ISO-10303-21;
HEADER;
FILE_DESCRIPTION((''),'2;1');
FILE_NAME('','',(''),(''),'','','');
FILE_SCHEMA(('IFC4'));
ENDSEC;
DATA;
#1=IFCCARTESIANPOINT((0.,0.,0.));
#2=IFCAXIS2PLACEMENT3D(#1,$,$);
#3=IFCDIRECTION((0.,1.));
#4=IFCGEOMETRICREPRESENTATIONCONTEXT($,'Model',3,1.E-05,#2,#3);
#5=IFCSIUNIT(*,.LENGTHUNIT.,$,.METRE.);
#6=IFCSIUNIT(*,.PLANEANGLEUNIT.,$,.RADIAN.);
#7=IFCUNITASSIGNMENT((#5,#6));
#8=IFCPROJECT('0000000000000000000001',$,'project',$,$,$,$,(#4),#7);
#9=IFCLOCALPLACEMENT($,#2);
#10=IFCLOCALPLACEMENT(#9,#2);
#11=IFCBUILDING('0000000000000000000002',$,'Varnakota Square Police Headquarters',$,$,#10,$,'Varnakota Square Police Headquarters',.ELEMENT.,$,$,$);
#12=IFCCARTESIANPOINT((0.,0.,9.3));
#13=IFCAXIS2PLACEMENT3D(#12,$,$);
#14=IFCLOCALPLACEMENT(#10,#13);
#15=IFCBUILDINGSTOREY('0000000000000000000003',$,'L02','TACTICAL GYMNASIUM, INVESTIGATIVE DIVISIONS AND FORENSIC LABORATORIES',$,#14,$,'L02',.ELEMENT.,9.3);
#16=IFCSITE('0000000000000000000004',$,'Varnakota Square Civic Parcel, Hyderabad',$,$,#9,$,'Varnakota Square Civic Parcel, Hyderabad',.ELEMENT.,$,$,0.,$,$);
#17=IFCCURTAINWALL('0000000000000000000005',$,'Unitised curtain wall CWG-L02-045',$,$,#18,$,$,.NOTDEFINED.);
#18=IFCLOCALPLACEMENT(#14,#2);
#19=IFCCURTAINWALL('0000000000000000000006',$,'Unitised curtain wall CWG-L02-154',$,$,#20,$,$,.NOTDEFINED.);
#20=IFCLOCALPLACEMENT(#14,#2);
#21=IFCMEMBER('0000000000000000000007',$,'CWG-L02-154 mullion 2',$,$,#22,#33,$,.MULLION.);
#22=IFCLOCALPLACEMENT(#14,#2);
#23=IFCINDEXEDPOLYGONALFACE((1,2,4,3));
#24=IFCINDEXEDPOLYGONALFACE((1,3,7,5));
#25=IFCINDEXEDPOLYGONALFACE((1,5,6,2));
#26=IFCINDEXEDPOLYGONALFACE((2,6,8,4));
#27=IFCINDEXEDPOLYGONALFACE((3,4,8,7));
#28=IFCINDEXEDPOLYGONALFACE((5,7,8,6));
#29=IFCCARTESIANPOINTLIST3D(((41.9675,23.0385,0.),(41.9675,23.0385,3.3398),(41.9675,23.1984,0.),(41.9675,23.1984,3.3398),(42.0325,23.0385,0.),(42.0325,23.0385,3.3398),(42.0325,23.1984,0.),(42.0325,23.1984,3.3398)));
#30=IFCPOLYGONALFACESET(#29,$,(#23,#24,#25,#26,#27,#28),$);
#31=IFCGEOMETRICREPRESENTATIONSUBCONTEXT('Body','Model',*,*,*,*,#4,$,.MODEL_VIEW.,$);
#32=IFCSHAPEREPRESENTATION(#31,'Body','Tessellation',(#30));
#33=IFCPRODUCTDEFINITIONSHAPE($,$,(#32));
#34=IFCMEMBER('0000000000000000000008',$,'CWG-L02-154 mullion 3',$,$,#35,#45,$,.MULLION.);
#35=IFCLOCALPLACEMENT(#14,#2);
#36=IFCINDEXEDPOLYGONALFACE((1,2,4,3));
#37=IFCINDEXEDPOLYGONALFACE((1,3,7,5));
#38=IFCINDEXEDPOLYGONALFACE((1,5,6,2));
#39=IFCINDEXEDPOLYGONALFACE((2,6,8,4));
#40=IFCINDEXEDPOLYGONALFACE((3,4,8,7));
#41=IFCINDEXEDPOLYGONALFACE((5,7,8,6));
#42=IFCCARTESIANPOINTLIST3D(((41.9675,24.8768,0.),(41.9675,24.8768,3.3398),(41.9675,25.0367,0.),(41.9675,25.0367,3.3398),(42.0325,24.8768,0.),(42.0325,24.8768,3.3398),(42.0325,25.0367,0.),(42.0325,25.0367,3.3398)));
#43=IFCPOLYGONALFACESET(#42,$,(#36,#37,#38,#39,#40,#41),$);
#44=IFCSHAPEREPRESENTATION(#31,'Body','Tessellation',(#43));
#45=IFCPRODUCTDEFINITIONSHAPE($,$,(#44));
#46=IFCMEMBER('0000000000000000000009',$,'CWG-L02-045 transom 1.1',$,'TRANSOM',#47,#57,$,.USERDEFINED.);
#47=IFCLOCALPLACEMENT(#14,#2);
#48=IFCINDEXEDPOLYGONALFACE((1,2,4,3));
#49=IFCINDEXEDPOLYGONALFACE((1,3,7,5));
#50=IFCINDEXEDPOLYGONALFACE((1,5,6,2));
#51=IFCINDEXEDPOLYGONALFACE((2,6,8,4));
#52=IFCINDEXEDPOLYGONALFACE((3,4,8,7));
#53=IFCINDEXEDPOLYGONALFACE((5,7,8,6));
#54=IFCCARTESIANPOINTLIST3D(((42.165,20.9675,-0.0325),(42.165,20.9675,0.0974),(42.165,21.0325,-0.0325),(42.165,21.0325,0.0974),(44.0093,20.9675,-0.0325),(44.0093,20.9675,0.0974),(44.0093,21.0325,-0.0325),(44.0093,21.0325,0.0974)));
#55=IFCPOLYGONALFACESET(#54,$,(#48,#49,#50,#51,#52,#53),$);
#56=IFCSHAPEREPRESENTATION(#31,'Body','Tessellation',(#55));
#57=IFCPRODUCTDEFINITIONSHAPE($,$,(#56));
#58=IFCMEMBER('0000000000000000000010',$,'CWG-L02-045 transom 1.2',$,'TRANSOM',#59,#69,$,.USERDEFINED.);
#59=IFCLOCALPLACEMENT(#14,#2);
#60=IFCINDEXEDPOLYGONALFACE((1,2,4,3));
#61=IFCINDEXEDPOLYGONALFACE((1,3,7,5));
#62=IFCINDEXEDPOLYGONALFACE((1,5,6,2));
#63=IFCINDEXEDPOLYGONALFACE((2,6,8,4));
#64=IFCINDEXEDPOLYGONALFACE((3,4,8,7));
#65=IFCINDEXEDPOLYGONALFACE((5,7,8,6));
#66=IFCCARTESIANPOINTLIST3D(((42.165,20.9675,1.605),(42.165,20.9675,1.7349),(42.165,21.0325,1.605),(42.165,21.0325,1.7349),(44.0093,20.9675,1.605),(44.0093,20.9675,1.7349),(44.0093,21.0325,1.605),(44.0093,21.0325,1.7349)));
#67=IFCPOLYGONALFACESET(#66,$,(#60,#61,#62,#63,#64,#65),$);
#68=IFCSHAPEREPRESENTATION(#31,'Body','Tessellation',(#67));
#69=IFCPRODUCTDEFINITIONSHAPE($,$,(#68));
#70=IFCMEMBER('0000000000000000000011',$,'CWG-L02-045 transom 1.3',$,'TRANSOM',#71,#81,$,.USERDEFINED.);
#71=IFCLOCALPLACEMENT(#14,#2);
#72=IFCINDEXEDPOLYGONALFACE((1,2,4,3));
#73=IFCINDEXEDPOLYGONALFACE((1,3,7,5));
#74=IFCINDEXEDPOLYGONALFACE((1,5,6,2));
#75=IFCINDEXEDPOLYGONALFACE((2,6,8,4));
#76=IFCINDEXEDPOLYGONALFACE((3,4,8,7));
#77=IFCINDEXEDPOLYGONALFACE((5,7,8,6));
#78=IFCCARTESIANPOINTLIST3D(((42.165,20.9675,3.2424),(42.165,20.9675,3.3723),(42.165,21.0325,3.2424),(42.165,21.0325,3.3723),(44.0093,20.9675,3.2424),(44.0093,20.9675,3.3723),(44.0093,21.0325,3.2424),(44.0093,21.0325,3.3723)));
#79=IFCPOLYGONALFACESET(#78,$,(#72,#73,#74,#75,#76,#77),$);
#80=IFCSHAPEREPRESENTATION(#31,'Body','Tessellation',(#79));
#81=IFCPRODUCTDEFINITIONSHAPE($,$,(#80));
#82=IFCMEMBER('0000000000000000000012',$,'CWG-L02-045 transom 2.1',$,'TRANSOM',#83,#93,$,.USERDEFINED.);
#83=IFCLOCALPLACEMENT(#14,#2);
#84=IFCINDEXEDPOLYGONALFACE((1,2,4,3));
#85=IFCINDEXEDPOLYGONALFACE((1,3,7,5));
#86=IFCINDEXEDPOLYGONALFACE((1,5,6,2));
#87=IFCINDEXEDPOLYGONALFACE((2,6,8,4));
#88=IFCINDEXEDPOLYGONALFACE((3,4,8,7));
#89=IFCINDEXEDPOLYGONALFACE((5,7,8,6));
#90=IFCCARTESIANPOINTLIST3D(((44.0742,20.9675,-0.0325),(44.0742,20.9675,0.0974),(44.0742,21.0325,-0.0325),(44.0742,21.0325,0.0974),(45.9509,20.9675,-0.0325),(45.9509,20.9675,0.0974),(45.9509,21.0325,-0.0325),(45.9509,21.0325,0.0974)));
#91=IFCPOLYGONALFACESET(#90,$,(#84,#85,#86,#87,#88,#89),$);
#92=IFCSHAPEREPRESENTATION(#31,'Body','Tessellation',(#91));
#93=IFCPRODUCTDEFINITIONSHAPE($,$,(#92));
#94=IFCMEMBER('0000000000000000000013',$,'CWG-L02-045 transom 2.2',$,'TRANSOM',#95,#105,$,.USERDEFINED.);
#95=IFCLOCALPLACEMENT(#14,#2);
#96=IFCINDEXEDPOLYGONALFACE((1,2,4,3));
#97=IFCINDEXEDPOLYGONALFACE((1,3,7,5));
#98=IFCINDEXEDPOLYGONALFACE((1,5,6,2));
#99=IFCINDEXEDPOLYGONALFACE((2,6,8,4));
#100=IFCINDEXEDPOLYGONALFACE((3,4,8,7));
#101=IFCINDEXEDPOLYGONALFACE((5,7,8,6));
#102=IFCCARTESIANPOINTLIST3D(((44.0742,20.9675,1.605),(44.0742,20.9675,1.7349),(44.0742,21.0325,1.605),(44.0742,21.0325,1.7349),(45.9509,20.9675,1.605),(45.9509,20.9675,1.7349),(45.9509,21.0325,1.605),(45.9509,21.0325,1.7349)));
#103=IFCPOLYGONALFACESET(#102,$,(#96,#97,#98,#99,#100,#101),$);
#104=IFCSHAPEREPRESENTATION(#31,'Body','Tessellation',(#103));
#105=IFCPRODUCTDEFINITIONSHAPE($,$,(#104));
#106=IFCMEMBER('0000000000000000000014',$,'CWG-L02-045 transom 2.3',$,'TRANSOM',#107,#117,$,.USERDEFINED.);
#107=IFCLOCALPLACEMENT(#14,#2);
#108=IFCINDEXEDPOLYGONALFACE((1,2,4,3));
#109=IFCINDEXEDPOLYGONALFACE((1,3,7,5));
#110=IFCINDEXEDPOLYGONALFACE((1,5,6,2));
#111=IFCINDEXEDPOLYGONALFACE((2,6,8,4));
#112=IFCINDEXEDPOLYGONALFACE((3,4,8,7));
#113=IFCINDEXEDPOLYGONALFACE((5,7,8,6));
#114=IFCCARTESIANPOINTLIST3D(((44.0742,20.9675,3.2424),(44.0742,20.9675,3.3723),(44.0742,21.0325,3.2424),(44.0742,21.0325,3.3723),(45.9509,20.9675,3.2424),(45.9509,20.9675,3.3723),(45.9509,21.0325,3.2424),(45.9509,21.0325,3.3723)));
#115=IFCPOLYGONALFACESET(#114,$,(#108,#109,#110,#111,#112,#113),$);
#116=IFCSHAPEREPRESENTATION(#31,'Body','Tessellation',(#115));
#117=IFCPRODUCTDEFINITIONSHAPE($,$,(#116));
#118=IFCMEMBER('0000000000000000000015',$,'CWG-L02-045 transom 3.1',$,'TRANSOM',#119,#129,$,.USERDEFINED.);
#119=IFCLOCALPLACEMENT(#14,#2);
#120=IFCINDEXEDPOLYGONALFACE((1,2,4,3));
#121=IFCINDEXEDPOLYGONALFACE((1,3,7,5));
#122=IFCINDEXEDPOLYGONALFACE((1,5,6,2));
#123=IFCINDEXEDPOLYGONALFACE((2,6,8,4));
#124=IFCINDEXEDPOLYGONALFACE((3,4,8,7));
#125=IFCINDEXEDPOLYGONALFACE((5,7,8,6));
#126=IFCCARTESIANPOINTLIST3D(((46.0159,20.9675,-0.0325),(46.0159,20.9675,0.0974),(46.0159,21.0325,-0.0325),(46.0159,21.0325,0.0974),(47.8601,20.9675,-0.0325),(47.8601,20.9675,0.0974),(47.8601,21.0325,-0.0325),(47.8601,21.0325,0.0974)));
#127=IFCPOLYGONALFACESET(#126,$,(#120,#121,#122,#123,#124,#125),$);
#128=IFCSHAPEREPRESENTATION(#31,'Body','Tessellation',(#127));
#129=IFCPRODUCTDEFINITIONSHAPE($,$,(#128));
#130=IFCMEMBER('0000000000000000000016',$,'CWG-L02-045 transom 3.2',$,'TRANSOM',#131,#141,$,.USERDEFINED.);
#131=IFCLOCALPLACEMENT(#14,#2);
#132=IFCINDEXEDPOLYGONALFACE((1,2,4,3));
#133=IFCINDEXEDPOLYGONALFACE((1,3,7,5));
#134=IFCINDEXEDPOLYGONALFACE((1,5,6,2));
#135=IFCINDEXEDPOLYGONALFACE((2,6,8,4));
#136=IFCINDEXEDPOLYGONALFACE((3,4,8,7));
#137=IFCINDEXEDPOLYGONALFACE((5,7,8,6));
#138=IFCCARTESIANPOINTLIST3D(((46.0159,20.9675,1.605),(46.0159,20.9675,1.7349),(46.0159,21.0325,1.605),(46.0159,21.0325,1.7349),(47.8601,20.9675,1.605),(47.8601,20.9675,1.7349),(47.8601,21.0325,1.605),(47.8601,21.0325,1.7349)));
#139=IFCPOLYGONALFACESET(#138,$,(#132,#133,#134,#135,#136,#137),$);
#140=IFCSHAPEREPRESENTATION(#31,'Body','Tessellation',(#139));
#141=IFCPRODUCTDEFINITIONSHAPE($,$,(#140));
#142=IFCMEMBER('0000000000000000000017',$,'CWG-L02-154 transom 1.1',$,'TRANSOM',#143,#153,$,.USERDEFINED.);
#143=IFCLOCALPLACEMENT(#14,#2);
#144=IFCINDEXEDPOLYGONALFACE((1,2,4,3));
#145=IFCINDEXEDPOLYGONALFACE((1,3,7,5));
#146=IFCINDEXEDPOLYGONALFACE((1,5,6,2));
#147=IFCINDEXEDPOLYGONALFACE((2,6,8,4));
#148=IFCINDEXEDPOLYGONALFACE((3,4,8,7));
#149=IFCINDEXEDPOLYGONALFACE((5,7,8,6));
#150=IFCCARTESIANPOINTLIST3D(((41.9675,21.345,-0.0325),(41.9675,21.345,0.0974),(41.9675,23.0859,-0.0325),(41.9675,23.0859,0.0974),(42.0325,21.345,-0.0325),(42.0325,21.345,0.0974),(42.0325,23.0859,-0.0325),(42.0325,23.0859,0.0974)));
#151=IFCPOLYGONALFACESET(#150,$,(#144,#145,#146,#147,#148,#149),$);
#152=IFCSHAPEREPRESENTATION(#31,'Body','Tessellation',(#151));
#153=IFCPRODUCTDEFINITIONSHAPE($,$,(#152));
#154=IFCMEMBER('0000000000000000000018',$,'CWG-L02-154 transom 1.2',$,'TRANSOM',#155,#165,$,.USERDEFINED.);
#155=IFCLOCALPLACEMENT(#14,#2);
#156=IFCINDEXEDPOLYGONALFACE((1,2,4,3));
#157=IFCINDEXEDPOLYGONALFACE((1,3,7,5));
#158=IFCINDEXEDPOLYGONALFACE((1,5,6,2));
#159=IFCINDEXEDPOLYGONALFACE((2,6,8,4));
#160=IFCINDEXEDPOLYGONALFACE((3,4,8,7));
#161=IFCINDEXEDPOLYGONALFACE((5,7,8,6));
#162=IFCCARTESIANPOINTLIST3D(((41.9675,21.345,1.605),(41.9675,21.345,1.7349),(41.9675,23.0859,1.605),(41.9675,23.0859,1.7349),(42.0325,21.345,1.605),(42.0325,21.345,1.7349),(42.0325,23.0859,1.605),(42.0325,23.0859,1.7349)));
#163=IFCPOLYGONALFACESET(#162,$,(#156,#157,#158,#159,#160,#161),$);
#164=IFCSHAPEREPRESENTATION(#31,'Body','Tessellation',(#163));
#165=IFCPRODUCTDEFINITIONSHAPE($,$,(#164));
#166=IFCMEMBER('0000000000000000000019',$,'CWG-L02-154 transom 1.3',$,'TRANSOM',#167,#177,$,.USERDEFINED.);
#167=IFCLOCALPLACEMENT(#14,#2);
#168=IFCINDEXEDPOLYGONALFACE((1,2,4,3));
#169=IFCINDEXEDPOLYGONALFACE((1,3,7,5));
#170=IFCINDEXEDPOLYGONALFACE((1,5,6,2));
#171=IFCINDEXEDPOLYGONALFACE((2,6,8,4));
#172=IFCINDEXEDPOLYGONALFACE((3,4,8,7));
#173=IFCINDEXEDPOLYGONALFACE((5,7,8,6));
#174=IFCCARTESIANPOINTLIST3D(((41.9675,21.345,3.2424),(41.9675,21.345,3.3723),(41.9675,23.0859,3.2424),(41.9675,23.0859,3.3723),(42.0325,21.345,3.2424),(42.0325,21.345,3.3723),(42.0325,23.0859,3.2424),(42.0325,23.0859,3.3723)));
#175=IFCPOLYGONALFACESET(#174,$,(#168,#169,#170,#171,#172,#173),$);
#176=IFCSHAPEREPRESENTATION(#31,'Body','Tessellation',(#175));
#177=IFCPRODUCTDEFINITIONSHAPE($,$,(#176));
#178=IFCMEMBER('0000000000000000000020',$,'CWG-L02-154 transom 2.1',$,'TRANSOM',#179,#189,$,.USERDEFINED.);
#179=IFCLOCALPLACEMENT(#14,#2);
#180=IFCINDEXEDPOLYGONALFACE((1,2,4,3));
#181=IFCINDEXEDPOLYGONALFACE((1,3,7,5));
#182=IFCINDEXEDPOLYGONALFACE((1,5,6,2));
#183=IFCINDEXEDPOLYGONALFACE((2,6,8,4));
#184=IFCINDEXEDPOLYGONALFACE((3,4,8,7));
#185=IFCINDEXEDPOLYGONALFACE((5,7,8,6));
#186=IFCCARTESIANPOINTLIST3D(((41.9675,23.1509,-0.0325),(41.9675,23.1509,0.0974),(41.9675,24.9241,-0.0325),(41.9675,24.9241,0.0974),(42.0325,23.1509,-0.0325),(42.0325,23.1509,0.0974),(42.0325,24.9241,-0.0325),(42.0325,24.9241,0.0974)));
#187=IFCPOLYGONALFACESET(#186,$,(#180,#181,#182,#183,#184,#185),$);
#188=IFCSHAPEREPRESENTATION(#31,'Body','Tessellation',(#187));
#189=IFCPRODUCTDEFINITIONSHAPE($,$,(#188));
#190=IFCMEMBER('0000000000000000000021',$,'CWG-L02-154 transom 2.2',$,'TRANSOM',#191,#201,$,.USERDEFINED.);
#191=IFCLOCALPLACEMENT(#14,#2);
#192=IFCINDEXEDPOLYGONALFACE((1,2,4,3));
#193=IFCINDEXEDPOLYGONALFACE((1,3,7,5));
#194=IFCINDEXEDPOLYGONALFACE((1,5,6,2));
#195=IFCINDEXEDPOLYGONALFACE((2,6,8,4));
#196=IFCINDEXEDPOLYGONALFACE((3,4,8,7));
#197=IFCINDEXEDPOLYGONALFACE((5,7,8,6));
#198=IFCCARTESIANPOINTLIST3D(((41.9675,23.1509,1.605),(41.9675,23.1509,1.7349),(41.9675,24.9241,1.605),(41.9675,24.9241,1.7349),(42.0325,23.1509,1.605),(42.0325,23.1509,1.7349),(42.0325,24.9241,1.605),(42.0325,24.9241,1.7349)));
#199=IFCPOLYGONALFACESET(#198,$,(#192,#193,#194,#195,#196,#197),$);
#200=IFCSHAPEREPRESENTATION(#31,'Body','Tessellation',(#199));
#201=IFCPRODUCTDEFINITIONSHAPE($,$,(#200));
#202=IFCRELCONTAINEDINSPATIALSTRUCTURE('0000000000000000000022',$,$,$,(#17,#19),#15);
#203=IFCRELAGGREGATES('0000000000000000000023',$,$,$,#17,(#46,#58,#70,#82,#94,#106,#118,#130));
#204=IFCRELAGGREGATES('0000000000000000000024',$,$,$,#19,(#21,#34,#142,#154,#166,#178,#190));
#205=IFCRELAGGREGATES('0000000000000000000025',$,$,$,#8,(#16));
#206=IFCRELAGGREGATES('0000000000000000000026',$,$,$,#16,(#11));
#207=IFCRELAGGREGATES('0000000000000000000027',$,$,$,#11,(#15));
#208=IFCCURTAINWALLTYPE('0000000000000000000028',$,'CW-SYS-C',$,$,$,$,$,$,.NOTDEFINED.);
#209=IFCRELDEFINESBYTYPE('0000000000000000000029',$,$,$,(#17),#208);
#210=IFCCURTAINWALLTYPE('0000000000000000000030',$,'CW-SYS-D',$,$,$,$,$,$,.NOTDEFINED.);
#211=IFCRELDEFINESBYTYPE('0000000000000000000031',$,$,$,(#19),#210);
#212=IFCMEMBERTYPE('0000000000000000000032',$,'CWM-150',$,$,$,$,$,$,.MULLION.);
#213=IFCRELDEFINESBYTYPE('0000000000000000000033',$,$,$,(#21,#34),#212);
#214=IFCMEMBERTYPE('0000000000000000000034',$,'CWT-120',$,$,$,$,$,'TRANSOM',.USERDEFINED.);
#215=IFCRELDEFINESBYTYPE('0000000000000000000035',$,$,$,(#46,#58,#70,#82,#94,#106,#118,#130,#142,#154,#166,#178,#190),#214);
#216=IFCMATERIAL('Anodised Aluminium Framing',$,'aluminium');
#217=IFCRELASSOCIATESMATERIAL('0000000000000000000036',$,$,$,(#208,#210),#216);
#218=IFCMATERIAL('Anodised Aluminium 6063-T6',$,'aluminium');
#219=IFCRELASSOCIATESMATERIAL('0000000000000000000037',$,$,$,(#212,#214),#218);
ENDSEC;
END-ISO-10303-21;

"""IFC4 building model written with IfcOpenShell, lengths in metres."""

from ifc_helpers import new_model, si_unit, direction, frame, origin, origin_2d, place, context, subcontext, project, spatial, rectangle, extrude, material, material_profile, profile_set, type_object, element, aggregate, save


model = new_model("IFC4")

# Units and contexts
model_context = context("Model", 3, precision=1e-05, world=origin(), true_north=direction((0.0, 1.0)))
body_context = subcontext(model_context, "Body", "Model", "MODEL_VIEW")
ifc_project = project(units=[si_unit("LENGTHUNIT", "METRE"), si_unit("PLANEANGLEUNIT", "RADIAN")], contexts=[model_context])

# Site, building, storey
site_placement = place(None, origin())
site = spatial("IfcSite", under=ifc_project, at=site_placement, Name="Varnakota Square Civic Parcel, Hyderabad", LongName="Varnakota Square Civic Parcel, Hyderabad", CompositionType="ELEMENT", RefElevation=0.0)
building_placement = place(site_placement, origin())
building = spatial("IfcBuilding", under=site, at=building_placement, Name="Varnakota Square Police Headquarters", LongName="Varnakota Square Police Headquarters", CompositionType="ELEMENT")
storey_placement = place(building_placement, frame((0.0, 0.0, 9.3)))
storey = spatial("IfcBuildingStorey", under=building, at=storey_placement, Name="L02", Description="TACTICAL GYMNASIUM, INVESTIGATIVE DIVISIONS AND FORENSIC LABORATORIES", LongName="L02", CompositionType="ELEMENT", Elevation=9.3)

# Curtain walls, members
ifc_material_1 = material(Name="Anodised Aluminium Framing", Category="aluminium")
curtain_wall_type_1 = type_object("IfcCurtainWallType", Name="CW-SYS-C", PredefinedType="NOTDEFINED", material=ifc_material_1)
curtain_wall_1_placement = place(storey_placement, origin())
curtain_wall_1 = element("IfcCurtainWall", 1, at=curtain_wall_1_placement, inside=storey, type_object=curtain_wall_type_1, Name="Unitised curtain wall CWG-L02-045", PredefinedType="NOTDEFINED")
ifc_material_2 = material(Name="Anodised Aluminium 6063-T6", Category="aluminium")
ifc_material_profile_1 = material_profile(ifc_material_2, rectangle(XDim=0.0649, YDim=0.1599, at=origin_2d()), Name="ALU MULLION 65x160")
ifc_profile_set_1 = profile_set([ifc_material_profile_1], Name="Anodised Aluminium 6063-T6")
member_type_1 = type_object("IfcMemberType", Name="CWM-150", PredefinedType="MULLION", material=ifc_profile_set_1)
curtain_wall_type_2 = type_object("IfcCurtainWallType", Name="CW-SYS-D", PredefinedType="NOTDEFINED", material=ifc_material_1)
curtain_wall_2_placement = place(storey_placement, origin())
curtain_wall_2 = element("IfcCurtainWall", 2, at=curtain_wall_2_placement, inside=storey, type_object=curtain_wall_type_2, Name="Unitised curtain wall CWG-L02-154", PredefinedType="NOTDEFINED")
member_1_placement = place(storey_placement, frame((42.0, 23.1184, 0.0), z_axis=(0.0, 0.0, 1.0), x_axis=(-1.0, 0.0, 0.0)))
member_1 = element("IfcMember", 3, at=member_1_placement, type_object=member_type_1, Name="CWG-L02-154 mullion 2", PredefinedType="MULLION", context=body_context, shape_type="SweptSolid", body=[
    extrude(rectangle(XDim=0.0649, YDim=0.1599, at=origin_2d()), origin(), (0.0, 0.0, 1.0), 3.3398),
])
member_2_placement = place(storey_placement, frame((42.0, 24.9568, 0.0), z_axis=(0.0, 0.0, 1.0), x_axis=(-1.0, 0.0, 0.0)))
member_2 = element("IfcMember", 4, at=member_2_placement, type_object=member_type_1, Name="CWG-L02-154 mullion 3", PredefinedType="MULLION", context=body_context, shape_type="SweptSolid", body=[
    extrude(rectangle(XDim=0.0649, YDim=0.1599, at=origin_2d()), origin(), (0.0, 0.0, 1.0), 3.3398),
])

# Members
ifc_material_profile_2 = material_profile(ifc_material_2, rectangle(XDim=0.0649, YDim=0.1299, at=origin_2d()), Name="ALU TRANSOM 65x130")
ifc_profile_set_2 = profile_set([ifc_material_profile_2], Name="Anodised Aluminium 6063-T6")
member_type_2 = type_object("IfcMemberType", Name="CWT-120", ElementType="TRANSOM", PredefinedType="USERDEFINED", material=ifc_profile_set_2)
member_3_placement = place(storey_placement, frame((42.165, 21.0, 0.0325), z_axis=(1.0, 0.0, 0.0), x_axis=(0.0, 1.0, 0.0)))
member_3 = element("IfcMember", 5, at=member_3_placement, type_object=member_type_2, Name="CWG-L02-045 transom 1.1", ObjectType="TRANSOM", PredefinedType="USERDEFINED", context=body_context, shape_type="SweptSolid", body=[
    extrude(rectangle(XDim=0.0649, YDim=0.1299, at=origin_2d()), origin(), (0.0, 0.0, 1.0), 1.8442),
])
member_4_placement = place(storey_placement, frame((42.165, 21.0, 1.6699), z_axis=(1.0, 0.0, 0.0), x_axis=(0.0, 1.0, 0.0)))
member_4 = element("IfcMember", 6, at=member_4_placement, type_object=member_type_2, Name="CWG-L02-045 transom 1.2", ObjectType="TRANSOM", PredefinedType="USERDEFINED", context=body_context, shape_type="SweptSolid", body=[
    extrude(rectangle(XDim=0.0649, YDim=0.1299, at=origin_2d()), origin(), (0.0, 0.0, 1.0), 1.8442),
])
member_5_placement = place(storey_placement, frame((42.165, 21.0, 3.3074), z_axis=(1.0, 0.0, 0.0), x_axis=(0.0, 1.0, 0.0)))
member_5 = element("IfcMember", 7, at=member_5_placement, type_object=member_type_2, Name="CWG-L02-045 transom 1.3", ObjectType="TRANSOM", PredefinedType="USERDEFINED", context=body_context, shape_type="SweptSolid", body=[
    extrude(rectangle(XDim=0.0649, YDim=0.1299, at=origin_2d()), origin(), (0.0, 0.0, 1.0), 1.8442),
])
member_6_placement = place(storey_placement, frame((44.0742, 21.0, 0.0325), z_axis=(1.0, 0.0, 0.0), x_axis=(0.0, 1.0, 0.0)))
member_6 = element("IfcMember", 8, at=member_6_placement, type_object=member_type_2, Name="CWG-L02-045 transom 2.1", ObjectType="TRANSOM", PredefinedType="USERDEFINED", context=body_context, shape_type="SweptSolid", body=[
    extrude(rectangle(XDim=0.0649, YDim=0.1299, at=origin_2d()), origin(), (0.0, 0.0, 1.0), 1.8767),
])
member_7_placement = place(storey_placement, frame((44.0742, 21.0, 1.6699), z_axis=(1.0, 0.0, 0.0), x_axis=(0.0, 1.0, 0.0)))
member_7 = element("IfcMember", 9, at=member_7_placement, type_object=member_type_2, Name="CWG-L02-045 transom 2.2", ObjectType="TRANSOM", PredefinedType="USERDEFINED", context=body_context, shape_type="SweptSolid", body=[
    extrude(rectangle(XDim=0.0649, YDim=0.1299, at=origin_2d()), origin(), (0.0, 0.0, 1.0), 1.8767),
])
member_8_placement = place(storey_placement, frame((44.0742, 21.0, 3.3074), z_axis=(1.0, 0.0, 0.0), x_axis=(0.0, 1.0, 0.0)))
member_8 = element("IfcMember", 10, at=member_8_placement, type_object=member_type_2, Name="CWG-L02-045 transom 2.3", ObjectType="TRANSOM", PredefinedType="USERDEFINED", context=body_context, shape_type="SweptSolid", body=[
    extrude(rectangle(XDim=0.0649, YDim=0.1299, at=origin_2d()), origin(), (0.0, 0.0, 1.0), 1.8767),
])
member_9_placement = place(storey_placement, frame((46.0159, 21.0, 0.0325), z_axis=(1.0, 0.0, 0.0), x_axis=(0.0, 1.0, 0.0)))
member_9 = element("IfcMember", 11, at=member_9_placement, type_object=member_type_2, Name="CWG-L02-045 transom 3.1", ObjectType="TRANSOM", PredefinedType="USERDEFINED", context=body_context, shape_type="SweptSolid", body=[
    extrude(rectangle(XDim=0.0649, YDim=0.1299, at=origin_2d()), origin(), (0.0, 0.0, 1.0), 1.8442),
])
member_10_placement = place(storey_placement, frame((46.0159, 21.0, 1.6699), z_axis=(1.0, 0.0, 0.0), x_axis=(0.0, 1.0, 0.0)))
member_10 = element("IfcMember", 12, at=member_10_placement, type_object=member_type_2, Name="CWG-L02-045 transom 3.2", ObjectType="TRANSOM", PredefinedType="USERDEFINED", context=body_context, shape_type="SweptSolid", body=[
    extrude(rectangle(XDim=0.0649, YDim=0.1299, at=origin_2d()), origin(), (0.0, 0.0, 1.0), 1.8442),
])
member_11_placement = place(storey_placement, frame((42.0, 21.345, 0.0325), z_axis=(0.0, 1.0, 0.0), x_axis=(-1.0, 0.0, 0.0)))
member_11 = element("IfcMember", 13, at=member_11_placement, type_object=member_type_2, Name="CWG-L02-154 transom 1.1", ObjectType="TRANSOM", PredefinedType="USERDEFINED", context=body_context, shape_type="SweptSolid", body=[
    extrude(rectangle(XDim=0.0649, YDim=0.1299, at=origin_2d()), origin(), (0.0, 0.0, 1.0), 1.741),
])
member_12_placement = place(storey_placement, frame((42.0, 21.345, 1.6699), z_axis=(0.0, 1.0, 0.0), x_axis=(-1.0, 0.0, 0.0)))
member_12 = element("IfcMember", 14, at=member_12_placement, type_object=member_type_2, Name="CWG-L02-154 transom 1.2", ObjectType="TRANSOM", PredefinedType="USERDEFINED", context=body_context, shape_type="SweptSolid", body=[
    extrude(rectangle(XDim=0.0649, YDim=0.1299, at=origin_2d()), origin(), (0.0, 0.0, 1.0), 1.741),
])
member_13_placement = place(storey_placement, frame((42.0, 21.345, 3.3074), z_axis=(0.0, 1.0, 0.0), x_axis=(-1.0, 0.0, 0.0)))
member_13 = element("IfcMember", 15, at=member_13_placement, type_object=member_type_2, Name="CWG-L02-154 transom 1.3", ObjectType="TRANSOM", PredefinedType="USERDEFINED", context=body_context, shape_type="SweptSolid", body=[
    extrude(rectangle(XDim=0.0649, YDim=0.1299, at=origin_2d()), origin(), (0.0, 0.0, 1.0), 1.741),
])
member_14_placement = place(storey_placement, frame((42.0, 23.1509, 0.0325), z_axis=(0.0, 1.0, 0.0), x_axis=(-1.0, 0.0, 0.0)))
member_14 = element("IfcMember", 16, at=member_14_placement, type_object=member_type_2, Name="CWG-L02-154 transom 2.1", ObjectType="TRANSOM", PredefinedType="USERDEFINED", context=body_context, shape_type="SweptSolid", body=[
    extrude(rectangle(XDim=0.0649, YDim=0.1299, at=origin_2d()), origin(), (0.0, 0.0, 1.0), 1.7732),
])
member_15_placement = place(storey_placement, frame((42.0, 23.1509, 1.6699), z_axis=(0.0, 1.0, 0.0), x_axis=(-1.0, 0.0, 0.0)))
member_15 = element("IfcMember", 17, at=member_15_placement, type_object=member_type_2, Name="CWG-L02-154 transom 2.2", ObjectType="TRANSOM", PredefinedType="USERDEFINED", context=body_context, shape_type="SweptSolid", body=[
    extrude(rectangle(XDim=0.0649, YDim=0.1299, at=origin_2d()), origin(), (0.0, 0.0, 1.0), 1.7732),
])

aggregate(curtain_wall_1, [member_3, member_4, member_5, member_6, member_7, member_8, member_9, member_10])
aggregate(curtain_wall_2, [member_1, member_2, member_11, member_12, member_13, member_14, member_15])

save(model, "model.ifc")
